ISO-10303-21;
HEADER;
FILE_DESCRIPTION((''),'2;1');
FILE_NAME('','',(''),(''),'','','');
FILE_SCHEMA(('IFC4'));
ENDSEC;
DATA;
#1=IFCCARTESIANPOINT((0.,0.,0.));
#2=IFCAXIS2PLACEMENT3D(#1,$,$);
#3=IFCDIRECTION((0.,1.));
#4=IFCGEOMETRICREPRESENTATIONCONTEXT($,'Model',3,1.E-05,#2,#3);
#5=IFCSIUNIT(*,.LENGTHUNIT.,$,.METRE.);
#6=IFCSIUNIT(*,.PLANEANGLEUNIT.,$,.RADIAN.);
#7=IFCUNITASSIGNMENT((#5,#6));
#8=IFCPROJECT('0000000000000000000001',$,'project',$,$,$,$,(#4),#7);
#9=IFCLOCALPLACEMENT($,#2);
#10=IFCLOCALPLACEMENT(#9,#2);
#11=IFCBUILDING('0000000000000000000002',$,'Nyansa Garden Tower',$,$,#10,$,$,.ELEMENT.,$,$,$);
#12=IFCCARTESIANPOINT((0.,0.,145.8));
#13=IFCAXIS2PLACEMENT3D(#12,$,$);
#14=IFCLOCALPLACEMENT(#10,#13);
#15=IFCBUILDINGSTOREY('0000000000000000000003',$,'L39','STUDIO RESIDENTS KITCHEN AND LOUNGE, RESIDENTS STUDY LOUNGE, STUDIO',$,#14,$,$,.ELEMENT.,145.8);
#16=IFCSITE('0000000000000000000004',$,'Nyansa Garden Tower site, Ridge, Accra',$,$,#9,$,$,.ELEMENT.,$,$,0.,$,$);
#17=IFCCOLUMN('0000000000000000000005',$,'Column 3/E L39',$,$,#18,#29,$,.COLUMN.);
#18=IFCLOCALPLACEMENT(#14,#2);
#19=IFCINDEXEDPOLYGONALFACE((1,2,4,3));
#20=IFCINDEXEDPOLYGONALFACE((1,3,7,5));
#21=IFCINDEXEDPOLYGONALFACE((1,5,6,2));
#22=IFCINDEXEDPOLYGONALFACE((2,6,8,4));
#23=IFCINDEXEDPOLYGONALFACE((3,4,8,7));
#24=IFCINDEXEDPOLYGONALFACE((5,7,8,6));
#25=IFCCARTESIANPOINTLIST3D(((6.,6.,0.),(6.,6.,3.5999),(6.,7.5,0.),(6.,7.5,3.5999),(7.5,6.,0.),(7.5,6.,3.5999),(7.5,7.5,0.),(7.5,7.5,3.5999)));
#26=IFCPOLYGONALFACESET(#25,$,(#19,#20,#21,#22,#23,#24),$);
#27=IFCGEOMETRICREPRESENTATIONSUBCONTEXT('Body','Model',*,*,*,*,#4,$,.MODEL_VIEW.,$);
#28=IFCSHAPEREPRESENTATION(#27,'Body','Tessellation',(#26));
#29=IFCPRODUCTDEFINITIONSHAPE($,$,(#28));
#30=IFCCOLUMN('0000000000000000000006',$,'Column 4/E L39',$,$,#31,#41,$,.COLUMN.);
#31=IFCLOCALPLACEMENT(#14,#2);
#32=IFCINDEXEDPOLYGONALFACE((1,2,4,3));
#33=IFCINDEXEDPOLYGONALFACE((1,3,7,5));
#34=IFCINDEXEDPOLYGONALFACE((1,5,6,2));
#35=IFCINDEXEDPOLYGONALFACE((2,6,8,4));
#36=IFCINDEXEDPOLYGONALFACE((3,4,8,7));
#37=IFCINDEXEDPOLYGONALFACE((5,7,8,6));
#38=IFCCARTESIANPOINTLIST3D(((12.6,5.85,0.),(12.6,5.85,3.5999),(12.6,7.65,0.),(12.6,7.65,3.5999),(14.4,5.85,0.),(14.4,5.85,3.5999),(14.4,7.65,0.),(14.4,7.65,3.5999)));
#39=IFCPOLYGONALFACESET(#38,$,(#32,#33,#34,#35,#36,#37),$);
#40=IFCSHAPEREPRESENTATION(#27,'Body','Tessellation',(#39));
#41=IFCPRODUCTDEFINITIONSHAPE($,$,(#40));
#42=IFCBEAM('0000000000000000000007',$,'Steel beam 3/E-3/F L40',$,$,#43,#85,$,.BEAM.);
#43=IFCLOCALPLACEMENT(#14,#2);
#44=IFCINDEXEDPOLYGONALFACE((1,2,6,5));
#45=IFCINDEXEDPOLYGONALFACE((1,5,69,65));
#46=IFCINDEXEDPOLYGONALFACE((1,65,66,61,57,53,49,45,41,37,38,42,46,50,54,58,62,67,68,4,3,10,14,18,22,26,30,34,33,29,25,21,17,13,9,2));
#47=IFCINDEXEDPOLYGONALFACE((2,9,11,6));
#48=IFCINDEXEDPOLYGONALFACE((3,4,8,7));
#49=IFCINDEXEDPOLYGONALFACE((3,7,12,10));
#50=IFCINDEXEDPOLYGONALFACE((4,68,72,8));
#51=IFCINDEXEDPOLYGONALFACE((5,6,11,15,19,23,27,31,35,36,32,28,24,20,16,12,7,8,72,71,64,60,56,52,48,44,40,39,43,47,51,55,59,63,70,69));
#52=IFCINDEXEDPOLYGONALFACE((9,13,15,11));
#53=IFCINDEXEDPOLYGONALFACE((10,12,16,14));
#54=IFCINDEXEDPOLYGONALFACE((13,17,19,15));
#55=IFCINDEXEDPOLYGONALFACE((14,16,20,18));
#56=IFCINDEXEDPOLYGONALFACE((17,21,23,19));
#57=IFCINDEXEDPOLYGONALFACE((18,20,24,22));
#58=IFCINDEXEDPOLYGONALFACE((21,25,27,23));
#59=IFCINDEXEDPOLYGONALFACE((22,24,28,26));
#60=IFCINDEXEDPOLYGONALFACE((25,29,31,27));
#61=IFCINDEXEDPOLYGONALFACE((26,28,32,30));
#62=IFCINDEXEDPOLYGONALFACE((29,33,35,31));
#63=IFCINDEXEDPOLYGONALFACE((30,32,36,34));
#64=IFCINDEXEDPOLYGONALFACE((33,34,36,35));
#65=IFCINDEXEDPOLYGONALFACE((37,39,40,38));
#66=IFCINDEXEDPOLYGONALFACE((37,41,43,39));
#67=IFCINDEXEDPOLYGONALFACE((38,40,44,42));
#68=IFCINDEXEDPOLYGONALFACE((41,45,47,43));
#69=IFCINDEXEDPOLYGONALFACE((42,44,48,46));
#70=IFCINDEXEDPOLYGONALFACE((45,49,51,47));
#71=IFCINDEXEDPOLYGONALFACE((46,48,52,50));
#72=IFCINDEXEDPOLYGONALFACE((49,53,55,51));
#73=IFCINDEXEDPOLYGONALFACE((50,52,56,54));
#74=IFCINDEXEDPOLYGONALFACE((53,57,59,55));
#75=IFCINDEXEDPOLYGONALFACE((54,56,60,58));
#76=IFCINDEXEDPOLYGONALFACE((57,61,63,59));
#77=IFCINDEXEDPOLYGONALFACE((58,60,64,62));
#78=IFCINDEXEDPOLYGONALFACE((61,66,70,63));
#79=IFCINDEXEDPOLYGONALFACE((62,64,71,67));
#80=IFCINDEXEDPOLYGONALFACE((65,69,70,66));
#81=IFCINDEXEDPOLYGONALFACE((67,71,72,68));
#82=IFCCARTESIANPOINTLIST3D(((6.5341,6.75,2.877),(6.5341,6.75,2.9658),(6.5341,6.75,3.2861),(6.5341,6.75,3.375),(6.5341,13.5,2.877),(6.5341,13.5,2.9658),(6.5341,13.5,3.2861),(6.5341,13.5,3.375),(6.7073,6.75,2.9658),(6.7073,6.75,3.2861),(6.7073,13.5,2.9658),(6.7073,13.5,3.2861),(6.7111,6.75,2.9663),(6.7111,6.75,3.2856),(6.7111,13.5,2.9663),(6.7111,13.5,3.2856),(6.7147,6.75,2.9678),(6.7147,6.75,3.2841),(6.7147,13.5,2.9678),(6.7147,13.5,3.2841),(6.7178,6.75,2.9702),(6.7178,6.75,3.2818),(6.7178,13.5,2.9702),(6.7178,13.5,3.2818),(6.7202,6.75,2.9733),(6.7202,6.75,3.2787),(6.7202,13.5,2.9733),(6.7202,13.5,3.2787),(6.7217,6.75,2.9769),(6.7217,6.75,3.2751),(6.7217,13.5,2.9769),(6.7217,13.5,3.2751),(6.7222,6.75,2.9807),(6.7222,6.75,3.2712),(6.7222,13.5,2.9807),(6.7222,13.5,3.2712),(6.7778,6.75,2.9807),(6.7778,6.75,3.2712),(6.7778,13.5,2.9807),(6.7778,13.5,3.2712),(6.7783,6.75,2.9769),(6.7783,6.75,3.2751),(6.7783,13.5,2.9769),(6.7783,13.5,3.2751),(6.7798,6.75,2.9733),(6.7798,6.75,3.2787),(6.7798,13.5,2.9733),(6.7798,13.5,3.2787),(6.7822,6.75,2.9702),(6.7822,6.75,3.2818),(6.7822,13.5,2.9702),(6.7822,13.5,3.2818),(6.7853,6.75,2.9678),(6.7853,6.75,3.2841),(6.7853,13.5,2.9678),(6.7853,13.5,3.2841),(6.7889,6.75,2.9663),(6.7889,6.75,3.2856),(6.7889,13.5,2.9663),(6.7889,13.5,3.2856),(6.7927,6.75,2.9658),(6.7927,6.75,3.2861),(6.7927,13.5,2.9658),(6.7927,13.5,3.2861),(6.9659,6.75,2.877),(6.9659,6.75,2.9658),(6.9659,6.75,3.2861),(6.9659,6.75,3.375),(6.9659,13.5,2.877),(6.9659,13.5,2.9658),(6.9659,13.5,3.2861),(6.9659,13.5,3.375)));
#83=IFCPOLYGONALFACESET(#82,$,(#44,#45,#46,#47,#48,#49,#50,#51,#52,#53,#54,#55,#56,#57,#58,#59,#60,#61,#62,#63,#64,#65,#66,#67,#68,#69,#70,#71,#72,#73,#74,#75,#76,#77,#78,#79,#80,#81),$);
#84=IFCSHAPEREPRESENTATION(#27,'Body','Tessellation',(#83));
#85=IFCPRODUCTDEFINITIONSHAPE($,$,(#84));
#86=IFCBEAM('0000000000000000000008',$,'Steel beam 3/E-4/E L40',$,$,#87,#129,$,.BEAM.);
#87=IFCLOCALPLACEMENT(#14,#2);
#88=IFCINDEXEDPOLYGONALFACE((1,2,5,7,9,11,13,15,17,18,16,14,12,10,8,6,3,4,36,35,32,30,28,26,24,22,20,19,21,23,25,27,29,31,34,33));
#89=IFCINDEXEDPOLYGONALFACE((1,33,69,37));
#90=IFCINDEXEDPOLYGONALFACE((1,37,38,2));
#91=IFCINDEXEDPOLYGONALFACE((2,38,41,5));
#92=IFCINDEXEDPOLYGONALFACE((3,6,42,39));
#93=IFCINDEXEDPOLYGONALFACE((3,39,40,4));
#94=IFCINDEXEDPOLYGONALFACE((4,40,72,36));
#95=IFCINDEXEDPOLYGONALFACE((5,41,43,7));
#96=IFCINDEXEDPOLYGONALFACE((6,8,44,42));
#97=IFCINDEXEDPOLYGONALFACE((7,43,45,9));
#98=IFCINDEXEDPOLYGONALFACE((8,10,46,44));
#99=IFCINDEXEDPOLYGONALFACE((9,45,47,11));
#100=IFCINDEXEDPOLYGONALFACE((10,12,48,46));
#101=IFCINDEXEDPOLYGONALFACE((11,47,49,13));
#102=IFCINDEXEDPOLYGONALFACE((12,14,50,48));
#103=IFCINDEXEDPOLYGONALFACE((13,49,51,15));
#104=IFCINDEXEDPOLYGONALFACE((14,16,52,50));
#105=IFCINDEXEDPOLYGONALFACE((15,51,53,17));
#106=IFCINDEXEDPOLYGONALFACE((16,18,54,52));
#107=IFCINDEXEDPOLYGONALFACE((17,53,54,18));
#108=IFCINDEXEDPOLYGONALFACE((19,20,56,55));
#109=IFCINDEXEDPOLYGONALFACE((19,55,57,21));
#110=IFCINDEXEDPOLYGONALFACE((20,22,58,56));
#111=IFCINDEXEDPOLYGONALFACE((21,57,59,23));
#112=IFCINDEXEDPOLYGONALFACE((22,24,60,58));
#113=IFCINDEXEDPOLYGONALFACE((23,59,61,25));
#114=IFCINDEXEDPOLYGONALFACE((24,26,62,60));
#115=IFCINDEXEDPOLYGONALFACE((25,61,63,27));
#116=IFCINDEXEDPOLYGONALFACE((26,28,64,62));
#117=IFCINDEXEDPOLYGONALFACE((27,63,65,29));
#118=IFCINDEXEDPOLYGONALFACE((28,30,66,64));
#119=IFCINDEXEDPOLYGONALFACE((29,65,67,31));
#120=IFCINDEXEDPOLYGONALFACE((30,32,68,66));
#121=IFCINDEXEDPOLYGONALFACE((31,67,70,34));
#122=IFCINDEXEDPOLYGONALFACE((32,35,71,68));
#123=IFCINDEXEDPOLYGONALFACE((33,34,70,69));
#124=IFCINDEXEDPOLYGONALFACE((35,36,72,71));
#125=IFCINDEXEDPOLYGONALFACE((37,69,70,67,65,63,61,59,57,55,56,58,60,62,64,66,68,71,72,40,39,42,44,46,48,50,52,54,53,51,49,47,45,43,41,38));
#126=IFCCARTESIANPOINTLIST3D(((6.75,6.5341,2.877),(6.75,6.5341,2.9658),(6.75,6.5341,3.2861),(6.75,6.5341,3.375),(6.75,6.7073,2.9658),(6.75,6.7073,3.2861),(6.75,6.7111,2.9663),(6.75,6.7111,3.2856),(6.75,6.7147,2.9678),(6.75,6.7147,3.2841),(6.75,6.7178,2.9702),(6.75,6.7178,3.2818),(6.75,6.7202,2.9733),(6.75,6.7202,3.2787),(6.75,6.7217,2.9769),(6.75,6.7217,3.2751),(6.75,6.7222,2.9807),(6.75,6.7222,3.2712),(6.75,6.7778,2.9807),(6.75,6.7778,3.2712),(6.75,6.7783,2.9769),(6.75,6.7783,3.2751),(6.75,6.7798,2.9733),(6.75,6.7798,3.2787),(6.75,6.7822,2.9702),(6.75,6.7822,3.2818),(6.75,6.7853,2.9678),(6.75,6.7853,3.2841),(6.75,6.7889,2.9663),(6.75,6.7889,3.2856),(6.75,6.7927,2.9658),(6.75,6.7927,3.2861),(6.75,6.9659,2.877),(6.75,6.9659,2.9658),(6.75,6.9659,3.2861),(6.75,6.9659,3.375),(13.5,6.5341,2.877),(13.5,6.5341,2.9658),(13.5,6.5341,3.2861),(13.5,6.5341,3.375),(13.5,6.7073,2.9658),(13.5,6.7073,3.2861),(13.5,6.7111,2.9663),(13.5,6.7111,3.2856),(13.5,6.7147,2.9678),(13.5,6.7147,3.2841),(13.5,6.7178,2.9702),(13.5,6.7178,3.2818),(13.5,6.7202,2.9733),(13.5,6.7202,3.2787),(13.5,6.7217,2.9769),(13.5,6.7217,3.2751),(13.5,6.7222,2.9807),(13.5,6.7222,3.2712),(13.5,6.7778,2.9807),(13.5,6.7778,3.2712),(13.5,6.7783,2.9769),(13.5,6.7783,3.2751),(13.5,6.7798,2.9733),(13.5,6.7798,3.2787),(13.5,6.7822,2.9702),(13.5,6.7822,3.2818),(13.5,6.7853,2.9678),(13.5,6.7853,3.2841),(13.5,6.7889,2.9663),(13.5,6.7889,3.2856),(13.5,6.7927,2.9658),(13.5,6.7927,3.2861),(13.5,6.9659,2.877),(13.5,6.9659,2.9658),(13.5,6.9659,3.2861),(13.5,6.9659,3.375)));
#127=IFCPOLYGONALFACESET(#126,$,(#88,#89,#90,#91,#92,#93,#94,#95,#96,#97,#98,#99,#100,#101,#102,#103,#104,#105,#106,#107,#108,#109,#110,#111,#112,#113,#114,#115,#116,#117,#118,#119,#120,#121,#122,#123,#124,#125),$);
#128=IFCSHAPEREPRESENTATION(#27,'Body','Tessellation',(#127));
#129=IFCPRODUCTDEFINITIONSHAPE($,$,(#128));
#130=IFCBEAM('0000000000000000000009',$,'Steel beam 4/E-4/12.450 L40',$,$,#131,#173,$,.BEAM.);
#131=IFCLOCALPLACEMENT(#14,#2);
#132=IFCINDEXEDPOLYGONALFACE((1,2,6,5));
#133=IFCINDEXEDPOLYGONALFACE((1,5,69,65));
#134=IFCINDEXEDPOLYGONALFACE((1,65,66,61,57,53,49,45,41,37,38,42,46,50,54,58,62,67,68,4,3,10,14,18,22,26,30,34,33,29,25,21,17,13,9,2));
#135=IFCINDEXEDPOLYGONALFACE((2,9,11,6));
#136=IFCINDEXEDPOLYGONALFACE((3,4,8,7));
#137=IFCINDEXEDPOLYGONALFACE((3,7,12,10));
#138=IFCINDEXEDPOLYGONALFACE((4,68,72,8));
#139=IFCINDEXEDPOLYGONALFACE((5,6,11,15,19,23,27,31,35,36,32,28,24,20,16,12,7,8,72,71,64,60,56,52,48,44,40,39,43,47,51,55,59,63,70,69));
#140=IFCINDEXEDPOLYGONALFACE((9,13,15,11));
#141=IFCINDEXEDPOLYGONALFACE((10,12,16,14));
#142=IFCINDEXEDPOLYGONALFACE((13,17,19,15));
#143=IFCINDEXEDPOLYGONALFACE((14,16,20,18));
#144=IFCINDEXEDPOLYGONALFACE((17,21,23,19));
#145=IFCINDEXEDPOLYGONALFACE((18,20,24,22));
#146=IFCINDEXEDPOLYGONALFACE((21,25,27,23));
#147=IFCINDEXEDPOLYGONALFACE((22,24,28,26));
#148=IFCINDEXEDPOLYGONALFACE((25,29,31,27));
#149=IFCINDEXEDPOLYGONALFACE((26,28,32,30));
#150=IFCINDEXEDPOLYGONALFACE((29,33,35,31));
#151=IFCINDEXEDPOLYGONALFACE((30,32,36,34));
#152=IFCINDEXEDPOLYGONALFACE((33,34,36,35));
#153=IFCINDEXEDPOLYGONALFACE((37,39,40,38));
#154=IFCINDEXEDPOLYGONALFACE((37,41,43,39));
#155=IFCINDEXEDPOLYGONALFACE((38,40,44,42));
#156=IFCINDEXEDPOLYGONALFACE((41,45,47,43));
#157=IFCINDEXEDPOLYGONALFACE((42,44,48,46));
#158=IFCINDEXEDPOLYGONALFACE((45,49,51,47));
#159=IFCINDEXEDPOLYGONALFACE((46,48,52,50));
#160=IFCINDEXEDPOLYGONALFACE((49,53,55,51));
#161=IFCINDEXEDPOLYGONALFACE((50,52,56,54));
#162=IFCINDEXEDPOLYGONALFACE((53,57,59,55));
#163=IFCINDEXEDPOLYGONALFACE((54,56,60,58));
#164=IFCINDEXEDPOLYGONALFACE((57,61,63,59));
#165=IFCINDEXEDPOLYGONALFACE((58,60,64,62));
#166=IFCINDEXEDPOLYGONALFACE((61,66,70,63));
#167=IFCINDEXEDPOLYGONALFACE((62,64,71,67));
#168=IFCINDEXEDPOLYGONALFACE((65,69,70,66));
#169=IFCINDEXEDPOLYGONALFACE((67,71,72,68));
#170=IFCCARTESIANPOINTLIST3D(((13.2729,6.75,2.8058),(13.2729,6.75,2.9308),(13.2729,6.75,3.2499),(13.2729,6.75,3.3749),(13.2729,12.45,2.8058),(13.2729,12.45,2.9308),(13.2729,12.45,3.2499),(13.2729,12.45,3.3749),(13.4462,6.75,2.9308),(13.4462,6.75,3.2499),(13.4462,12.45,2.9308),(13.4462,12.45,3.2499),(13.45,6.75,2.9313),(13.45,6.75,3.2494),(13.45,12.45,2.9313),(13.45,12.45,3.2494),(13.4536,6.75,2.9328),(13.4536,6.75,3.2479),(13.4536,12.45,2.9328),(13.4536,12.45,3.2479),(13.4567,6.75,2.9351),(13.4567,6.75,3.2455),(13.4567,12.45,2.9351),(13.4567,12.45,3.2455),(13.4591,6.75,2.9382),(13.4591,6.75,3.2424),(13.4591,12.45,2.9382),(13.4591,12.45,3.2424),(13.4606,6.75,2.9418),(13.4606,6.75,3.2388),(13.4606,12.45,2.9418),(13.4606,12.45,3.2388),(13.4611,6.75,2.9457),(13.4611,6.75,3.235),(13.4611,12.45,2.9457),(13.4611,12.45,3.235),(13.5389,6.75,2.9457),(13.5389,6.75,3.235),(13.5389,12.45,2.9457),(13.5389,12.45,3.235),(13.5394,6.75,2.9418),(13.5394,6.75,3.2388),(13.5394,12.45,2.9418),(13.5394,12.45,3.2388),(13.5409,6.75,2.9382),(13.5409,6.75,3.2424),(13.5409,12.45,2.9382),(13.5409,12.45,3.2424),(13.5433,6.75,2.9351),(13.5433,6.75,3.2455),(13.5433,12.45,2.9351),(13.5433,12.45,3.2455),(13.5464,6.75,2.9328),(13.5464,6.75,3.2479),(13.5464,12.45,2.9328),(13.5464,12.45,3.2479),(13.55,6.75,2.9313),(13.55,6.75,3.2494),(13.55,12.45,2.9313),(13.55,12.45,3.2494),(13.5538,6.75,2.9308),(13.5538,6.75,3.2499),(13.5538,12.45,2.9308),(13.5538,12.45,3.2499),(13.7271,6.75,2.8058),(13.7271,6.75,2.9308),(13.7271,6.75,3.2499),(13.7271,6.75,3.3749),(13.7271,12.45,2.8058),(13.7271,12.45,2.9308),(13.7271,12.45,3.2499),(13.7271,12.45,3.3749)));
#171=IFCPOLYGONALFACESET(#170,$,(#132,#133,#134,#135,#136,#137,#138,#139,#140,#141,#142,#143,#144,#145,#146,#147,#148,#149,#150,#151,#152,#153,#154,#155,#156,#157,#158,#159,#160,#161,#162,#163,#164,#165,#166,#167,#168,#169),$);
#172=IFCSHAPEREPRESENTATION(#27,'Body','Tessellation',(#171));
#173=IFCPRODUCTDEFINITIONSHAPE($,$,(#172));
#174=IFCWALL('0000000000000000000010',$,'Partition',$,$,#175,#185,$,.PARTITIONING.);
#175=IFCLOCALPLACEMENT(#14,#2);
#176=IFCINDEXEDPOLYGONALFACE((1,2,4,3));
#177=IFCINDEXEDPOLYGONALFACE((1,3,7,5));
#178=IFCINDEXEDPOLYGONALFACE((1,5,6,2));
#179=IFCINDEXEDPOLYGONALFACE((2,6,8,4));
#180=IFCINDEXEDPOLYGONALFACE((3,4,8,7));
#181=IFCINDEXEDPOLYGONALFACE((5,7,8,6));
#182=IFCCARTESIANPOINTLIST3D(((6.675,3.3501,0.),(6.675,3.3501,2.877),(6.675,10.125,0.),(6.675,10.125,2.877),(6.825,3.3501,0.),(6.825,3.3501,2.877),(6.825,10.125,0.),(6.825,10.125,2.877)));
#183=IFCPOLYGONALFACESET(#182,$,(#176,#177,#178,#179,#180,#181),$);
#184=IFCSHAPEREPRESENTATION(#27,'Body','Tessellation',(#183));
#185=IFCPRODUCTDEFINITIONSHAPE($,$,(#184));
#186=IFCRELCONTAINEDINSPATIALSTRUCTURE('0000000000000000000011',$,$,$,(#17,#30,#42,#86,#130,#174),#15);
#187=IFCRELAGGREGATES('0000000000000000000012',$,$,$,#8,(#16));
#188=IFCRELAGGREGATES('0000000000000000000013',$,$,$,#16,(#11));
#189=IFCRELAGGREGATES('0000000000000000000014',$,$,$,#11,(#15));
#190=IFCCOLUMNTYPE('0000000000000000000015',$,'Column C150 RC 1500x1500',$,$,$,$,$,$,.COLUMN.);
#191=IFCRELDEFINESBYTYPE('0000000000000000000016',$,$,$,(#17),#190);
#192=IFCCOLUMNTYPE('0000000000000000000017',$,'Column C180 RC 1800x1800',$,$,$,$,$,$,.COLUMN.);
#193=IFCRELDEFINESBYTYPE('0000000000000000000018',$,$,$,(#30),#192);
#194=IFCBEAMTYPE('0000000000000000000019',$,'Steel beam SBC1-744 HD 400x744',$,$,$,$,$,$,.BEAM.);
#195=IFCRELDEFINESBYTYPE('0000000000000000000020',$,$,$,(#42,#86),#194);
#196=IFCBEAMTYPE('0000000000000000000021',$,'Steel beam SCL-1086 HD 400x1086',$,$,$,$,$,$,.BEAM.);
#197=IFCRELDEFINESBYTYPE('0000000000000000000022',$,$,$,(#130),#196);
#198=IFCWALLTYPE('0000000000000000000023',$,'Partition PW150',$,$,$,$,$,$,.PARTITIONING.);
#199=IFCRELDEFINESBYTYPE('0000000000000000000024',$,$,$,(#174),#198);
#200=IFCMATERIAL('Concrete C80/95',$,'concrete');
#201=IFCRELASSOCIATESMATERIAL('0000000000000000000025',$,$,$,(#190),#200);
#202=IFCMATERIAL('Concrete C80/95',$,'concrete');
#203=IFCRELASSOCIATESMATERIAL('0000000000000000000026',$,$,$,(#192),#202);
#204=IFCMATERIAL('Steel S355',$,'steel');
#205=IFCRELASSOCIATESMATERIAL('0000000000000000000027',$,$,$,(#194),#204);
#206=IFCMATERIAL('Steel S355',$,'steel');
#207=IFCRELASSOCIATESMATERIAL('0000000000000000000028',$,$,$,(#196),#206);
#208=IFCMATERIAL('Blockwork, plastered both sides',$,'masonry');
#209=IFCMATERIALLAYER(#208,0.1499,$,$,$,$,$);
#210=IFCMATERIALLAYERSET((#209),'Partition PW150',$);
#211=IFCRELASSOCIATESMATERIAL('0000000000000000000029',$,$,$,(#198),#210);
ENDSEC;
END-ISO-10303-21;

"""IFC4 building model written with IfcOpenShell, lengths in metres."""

from ifc_helpers import new_model, si_unit, direction, frame, frame_2d, origin, origin_2d, place, context, subcontext, project, spatial, rectangle, i_section, extrude, material, layer, layer_set, material_profile, profile_set, type_object, element, save


model = new_model("IFC4")

# Units and contexts
model_context = context("Model", 3, precision=1e-05, world=origin(), true_north=direction((0.0, 1.0)))
body_context = subcontext(model_context, "Body", "Model", "MODEL_VIEW")
ifc_project = project(units=[si_unit("LENGTHUNIT", "METRE"), si_unit("PLANEANGLEUNIT", "RADIAN")], contexts=[model_context])

# Site, building, storey
site_placement = place(None, origin())
site = spatial("IfcSite", under=ifc_project, at=site_placement, Name="Nyansa Garden Tower site, Ridge, Accra", CompositionType="ELEMENT", RefElevation=0.0)
building_placement = place(site_placement, origin())
building = spatial("IfcBuilding", under=site, at=building_placement, Name="Nyansa Garden Tower", CompositionType="ELEMENT")
storey_placement = place(building_placement, frame((0.0, 0.0, 145.8)))
storey = spatial("IfcBuildingStorey", under=building, at=storey_placement, Name="L39", Description="STUDIO RESIDENTS KITCHEN AND LOUNGE, RESIDENTS STUDY LOUNGE, STUDIO", CompositionType="ELEMENT", Elevation=145.8)

# Columns
ifc_material_1 = material(Name="Concrete C80/95", Category="concrete")
ifc_material_profile_1 = material_profile(ifc_material_1, rectangle(XDim=1.5, YDim=1.5, at=origin_2d()), Name="RC 1500x1500")
ifc_profile_set_1 = profile_set([ifc_material_profile_1], Name="Concrete C80/95")
column_type_1 = type_object("IfcColumnType", Name="Column C150 RC 1500x1500", PredefinedType="COLUMN", material=ifc_profile_set_1)
column_1_placement = place(storey_placement, frame((6.75, 6.75, 0.0), z_axis=(0.0, 0.0, 1.0), x_axis=(1.0, 0.0, 0.0)))
element("IfcColumn", 1, at=column_1_placement, inside=storey, type_object=column_type_1, Name="Column 3/E L39", PredefinedType="COLUMN", context=body_context, shape_type="SweptSolid", body=[
    extrude(rectangle(XDim=1.5, YDim=1.5, at=origin_2d()), origin(), (0.0, 0.0, 1.0), 3.5999),
])
ifc_material_2 = material(Name="Concrete C80/95", Category="concrete")
ifc_material_profile_2 = material_profile(ifc_material_2, rectangle(XDim=1.8, YDim=1.8, at=origin_2d()), Name="RC 1800x1800")
ifc_profile_set_2 = profile_set([ifc_material_profile_2], Name="Concrete C80/95")
column_type_2 = type_object("IfcColumnType", Name="Column C180 RC 1800x1800", PredefinedType="COLUMN", material=ifc_profile_set_2)
column_2_placement = place(storey_placement, frame((13.5, 6.75, 0.0), z_axis=(0.0, 0.0, 1.0), x_axis=(1.0, 0.0, 0.0)))
element("IfcColumn", 2, at=column_2_placement, inside=storey, type_object=column_type_2, Name="Column 4/E L39", PredefinedType="COLUMN", context=body_context, shape_type="SweptSolid", body=[
    extrude(rectangle(XDim=1.8, YDim=1.8, at=origin_2d()), origin(), (0.0, 0.0, 1.0), 3.5999),
])

# Beams
ifc_material_3 = material(Name="Steel S355", Category="steel")
ifc_material_profile_3 = material_profile(ifc_material_3, i_section(OverallWidth=0.4319, OverallDepth=0.498, WebThickness=0.0557, FlangeThickness=0.0889, FilletRadius=0.0149, at=origin_2d()), Name="HD 400x744")
ifc_profile_set_3 = profile_set([ifc_material_profile_3], Name="Steel S355")
beam_type_1 = type_object("IfcBeamType", Name="Steel beam SBC1-744 HD 400x744", PredefinedType="BEAM", material=ifc_profile_set_3)
for number, where, z_axis, x_axis, name in (
    (3, (6.75, 6.75, 3.126), (0.0, 1.0, 0.0), (-1.0, 0.0, 0.0), "Steel beam 3/E-3/F L40"),
    (4, (6.75, 6.75, 3.126), (1.0, 0.0, 0.0), (0.0, 1.0, 0.0), "Steel beam 3/E-4/E L40"),
):
    element("IfcBeam", number, at=place(storey_placement, frame(where, z_axis=z_axis, x_axis=x_axis)), inside=storey, type_object=beam_type_1, Name=name, PredefinedType="BEAM", context=body_context, shape_type="SweptSolid", body=[
        extrude(i_section(OverallWidth=0.4319, OverallDepth=0.498, WebThickness=0.0557, FlangeThickness=0.0889, FilletRadius=0.0149, at=origin_2d()), origin(), (0.0, 0.0, 1.0), 6.75),
    ])
ifc_material_4 = material(Name="Steel S355", Category="steel")
ifc_material_profile_4 = material_profile(ifc_material_4, i_section(OverallWidth=0.4541, OverallDepth=0.5691, WebThickness=0.0779, FlangeThickness=0.125, FilletRadius=0.0149, at=origin_2d()), Name="HD 400x1086")
ifc_profile_set_4 = profile_set([ifc_material_profile_4], Name="Steel S355")
beam_type_2 = type_object("IfcBeamType", Name="Steel beam SCL-1086 HD 400x1086", PredefinedType="BEAM", material=ifc_profile_set_4)
beam_placement = place(storey_placement, frame((13.5, 6.75, 3.0903), z_axis=(0.0, 1.0, 0.0), x_axis=(-1.0, 0.0, 0.0)))
element("IfcBeam", 5, at=beam_placement, inside=storey, type_object=beam_type_2, Name="Steel beam 4/E-4/12.450 L40", PredefinedType="BEAM", context=body_context, shape_type="SweptSolid", body=[
    extrude(i_section(OverallWidth=0.4541, OverallDepth=0.5691, WebThickness=0.0779, FlangeThickness=0.125, FilletRadius=0.0149, at=origin_2d()), origin(), (0.0, 0.0, 1.0), 5.7),
])

# Wall
ifc_material_5 = material(Name="Blockwork, plastered both sides", Category="masonry")
ifc_layer_1 = layer(ifc_material_5, 0.1499)
ifc_layer_set_1 = layer_set([ifc_layer_1], Name="Partition PW150")
wall_type_1 = type_object("IfcWallType", Name="Partition PW150", PredefinedType="PARTITIONING", material=ifc_layer_set_1)
wall_1_placement = place(storey_placement, frame((6.75, 3.3501, 0.0), z_axis=(0.0, 0.0, 1.0), x_axis=(0.0, 1.0, 0.0)))
element("IfcWall", 6, at=wall_1_placement, inside=storey, type_object=wall_type_1, Name="Partition", PredefinedType="PARTITIONING", context=body_context, shape_type="SweptSolid", body=[
    extrude(rectangle(XDim=6.7749, YDim=0.1499, at=frame_2d((3.3875, 0.0))), origin(), (0.0, 0.0, 1.0), 2.877),
])

save(model, "model.ifc")
